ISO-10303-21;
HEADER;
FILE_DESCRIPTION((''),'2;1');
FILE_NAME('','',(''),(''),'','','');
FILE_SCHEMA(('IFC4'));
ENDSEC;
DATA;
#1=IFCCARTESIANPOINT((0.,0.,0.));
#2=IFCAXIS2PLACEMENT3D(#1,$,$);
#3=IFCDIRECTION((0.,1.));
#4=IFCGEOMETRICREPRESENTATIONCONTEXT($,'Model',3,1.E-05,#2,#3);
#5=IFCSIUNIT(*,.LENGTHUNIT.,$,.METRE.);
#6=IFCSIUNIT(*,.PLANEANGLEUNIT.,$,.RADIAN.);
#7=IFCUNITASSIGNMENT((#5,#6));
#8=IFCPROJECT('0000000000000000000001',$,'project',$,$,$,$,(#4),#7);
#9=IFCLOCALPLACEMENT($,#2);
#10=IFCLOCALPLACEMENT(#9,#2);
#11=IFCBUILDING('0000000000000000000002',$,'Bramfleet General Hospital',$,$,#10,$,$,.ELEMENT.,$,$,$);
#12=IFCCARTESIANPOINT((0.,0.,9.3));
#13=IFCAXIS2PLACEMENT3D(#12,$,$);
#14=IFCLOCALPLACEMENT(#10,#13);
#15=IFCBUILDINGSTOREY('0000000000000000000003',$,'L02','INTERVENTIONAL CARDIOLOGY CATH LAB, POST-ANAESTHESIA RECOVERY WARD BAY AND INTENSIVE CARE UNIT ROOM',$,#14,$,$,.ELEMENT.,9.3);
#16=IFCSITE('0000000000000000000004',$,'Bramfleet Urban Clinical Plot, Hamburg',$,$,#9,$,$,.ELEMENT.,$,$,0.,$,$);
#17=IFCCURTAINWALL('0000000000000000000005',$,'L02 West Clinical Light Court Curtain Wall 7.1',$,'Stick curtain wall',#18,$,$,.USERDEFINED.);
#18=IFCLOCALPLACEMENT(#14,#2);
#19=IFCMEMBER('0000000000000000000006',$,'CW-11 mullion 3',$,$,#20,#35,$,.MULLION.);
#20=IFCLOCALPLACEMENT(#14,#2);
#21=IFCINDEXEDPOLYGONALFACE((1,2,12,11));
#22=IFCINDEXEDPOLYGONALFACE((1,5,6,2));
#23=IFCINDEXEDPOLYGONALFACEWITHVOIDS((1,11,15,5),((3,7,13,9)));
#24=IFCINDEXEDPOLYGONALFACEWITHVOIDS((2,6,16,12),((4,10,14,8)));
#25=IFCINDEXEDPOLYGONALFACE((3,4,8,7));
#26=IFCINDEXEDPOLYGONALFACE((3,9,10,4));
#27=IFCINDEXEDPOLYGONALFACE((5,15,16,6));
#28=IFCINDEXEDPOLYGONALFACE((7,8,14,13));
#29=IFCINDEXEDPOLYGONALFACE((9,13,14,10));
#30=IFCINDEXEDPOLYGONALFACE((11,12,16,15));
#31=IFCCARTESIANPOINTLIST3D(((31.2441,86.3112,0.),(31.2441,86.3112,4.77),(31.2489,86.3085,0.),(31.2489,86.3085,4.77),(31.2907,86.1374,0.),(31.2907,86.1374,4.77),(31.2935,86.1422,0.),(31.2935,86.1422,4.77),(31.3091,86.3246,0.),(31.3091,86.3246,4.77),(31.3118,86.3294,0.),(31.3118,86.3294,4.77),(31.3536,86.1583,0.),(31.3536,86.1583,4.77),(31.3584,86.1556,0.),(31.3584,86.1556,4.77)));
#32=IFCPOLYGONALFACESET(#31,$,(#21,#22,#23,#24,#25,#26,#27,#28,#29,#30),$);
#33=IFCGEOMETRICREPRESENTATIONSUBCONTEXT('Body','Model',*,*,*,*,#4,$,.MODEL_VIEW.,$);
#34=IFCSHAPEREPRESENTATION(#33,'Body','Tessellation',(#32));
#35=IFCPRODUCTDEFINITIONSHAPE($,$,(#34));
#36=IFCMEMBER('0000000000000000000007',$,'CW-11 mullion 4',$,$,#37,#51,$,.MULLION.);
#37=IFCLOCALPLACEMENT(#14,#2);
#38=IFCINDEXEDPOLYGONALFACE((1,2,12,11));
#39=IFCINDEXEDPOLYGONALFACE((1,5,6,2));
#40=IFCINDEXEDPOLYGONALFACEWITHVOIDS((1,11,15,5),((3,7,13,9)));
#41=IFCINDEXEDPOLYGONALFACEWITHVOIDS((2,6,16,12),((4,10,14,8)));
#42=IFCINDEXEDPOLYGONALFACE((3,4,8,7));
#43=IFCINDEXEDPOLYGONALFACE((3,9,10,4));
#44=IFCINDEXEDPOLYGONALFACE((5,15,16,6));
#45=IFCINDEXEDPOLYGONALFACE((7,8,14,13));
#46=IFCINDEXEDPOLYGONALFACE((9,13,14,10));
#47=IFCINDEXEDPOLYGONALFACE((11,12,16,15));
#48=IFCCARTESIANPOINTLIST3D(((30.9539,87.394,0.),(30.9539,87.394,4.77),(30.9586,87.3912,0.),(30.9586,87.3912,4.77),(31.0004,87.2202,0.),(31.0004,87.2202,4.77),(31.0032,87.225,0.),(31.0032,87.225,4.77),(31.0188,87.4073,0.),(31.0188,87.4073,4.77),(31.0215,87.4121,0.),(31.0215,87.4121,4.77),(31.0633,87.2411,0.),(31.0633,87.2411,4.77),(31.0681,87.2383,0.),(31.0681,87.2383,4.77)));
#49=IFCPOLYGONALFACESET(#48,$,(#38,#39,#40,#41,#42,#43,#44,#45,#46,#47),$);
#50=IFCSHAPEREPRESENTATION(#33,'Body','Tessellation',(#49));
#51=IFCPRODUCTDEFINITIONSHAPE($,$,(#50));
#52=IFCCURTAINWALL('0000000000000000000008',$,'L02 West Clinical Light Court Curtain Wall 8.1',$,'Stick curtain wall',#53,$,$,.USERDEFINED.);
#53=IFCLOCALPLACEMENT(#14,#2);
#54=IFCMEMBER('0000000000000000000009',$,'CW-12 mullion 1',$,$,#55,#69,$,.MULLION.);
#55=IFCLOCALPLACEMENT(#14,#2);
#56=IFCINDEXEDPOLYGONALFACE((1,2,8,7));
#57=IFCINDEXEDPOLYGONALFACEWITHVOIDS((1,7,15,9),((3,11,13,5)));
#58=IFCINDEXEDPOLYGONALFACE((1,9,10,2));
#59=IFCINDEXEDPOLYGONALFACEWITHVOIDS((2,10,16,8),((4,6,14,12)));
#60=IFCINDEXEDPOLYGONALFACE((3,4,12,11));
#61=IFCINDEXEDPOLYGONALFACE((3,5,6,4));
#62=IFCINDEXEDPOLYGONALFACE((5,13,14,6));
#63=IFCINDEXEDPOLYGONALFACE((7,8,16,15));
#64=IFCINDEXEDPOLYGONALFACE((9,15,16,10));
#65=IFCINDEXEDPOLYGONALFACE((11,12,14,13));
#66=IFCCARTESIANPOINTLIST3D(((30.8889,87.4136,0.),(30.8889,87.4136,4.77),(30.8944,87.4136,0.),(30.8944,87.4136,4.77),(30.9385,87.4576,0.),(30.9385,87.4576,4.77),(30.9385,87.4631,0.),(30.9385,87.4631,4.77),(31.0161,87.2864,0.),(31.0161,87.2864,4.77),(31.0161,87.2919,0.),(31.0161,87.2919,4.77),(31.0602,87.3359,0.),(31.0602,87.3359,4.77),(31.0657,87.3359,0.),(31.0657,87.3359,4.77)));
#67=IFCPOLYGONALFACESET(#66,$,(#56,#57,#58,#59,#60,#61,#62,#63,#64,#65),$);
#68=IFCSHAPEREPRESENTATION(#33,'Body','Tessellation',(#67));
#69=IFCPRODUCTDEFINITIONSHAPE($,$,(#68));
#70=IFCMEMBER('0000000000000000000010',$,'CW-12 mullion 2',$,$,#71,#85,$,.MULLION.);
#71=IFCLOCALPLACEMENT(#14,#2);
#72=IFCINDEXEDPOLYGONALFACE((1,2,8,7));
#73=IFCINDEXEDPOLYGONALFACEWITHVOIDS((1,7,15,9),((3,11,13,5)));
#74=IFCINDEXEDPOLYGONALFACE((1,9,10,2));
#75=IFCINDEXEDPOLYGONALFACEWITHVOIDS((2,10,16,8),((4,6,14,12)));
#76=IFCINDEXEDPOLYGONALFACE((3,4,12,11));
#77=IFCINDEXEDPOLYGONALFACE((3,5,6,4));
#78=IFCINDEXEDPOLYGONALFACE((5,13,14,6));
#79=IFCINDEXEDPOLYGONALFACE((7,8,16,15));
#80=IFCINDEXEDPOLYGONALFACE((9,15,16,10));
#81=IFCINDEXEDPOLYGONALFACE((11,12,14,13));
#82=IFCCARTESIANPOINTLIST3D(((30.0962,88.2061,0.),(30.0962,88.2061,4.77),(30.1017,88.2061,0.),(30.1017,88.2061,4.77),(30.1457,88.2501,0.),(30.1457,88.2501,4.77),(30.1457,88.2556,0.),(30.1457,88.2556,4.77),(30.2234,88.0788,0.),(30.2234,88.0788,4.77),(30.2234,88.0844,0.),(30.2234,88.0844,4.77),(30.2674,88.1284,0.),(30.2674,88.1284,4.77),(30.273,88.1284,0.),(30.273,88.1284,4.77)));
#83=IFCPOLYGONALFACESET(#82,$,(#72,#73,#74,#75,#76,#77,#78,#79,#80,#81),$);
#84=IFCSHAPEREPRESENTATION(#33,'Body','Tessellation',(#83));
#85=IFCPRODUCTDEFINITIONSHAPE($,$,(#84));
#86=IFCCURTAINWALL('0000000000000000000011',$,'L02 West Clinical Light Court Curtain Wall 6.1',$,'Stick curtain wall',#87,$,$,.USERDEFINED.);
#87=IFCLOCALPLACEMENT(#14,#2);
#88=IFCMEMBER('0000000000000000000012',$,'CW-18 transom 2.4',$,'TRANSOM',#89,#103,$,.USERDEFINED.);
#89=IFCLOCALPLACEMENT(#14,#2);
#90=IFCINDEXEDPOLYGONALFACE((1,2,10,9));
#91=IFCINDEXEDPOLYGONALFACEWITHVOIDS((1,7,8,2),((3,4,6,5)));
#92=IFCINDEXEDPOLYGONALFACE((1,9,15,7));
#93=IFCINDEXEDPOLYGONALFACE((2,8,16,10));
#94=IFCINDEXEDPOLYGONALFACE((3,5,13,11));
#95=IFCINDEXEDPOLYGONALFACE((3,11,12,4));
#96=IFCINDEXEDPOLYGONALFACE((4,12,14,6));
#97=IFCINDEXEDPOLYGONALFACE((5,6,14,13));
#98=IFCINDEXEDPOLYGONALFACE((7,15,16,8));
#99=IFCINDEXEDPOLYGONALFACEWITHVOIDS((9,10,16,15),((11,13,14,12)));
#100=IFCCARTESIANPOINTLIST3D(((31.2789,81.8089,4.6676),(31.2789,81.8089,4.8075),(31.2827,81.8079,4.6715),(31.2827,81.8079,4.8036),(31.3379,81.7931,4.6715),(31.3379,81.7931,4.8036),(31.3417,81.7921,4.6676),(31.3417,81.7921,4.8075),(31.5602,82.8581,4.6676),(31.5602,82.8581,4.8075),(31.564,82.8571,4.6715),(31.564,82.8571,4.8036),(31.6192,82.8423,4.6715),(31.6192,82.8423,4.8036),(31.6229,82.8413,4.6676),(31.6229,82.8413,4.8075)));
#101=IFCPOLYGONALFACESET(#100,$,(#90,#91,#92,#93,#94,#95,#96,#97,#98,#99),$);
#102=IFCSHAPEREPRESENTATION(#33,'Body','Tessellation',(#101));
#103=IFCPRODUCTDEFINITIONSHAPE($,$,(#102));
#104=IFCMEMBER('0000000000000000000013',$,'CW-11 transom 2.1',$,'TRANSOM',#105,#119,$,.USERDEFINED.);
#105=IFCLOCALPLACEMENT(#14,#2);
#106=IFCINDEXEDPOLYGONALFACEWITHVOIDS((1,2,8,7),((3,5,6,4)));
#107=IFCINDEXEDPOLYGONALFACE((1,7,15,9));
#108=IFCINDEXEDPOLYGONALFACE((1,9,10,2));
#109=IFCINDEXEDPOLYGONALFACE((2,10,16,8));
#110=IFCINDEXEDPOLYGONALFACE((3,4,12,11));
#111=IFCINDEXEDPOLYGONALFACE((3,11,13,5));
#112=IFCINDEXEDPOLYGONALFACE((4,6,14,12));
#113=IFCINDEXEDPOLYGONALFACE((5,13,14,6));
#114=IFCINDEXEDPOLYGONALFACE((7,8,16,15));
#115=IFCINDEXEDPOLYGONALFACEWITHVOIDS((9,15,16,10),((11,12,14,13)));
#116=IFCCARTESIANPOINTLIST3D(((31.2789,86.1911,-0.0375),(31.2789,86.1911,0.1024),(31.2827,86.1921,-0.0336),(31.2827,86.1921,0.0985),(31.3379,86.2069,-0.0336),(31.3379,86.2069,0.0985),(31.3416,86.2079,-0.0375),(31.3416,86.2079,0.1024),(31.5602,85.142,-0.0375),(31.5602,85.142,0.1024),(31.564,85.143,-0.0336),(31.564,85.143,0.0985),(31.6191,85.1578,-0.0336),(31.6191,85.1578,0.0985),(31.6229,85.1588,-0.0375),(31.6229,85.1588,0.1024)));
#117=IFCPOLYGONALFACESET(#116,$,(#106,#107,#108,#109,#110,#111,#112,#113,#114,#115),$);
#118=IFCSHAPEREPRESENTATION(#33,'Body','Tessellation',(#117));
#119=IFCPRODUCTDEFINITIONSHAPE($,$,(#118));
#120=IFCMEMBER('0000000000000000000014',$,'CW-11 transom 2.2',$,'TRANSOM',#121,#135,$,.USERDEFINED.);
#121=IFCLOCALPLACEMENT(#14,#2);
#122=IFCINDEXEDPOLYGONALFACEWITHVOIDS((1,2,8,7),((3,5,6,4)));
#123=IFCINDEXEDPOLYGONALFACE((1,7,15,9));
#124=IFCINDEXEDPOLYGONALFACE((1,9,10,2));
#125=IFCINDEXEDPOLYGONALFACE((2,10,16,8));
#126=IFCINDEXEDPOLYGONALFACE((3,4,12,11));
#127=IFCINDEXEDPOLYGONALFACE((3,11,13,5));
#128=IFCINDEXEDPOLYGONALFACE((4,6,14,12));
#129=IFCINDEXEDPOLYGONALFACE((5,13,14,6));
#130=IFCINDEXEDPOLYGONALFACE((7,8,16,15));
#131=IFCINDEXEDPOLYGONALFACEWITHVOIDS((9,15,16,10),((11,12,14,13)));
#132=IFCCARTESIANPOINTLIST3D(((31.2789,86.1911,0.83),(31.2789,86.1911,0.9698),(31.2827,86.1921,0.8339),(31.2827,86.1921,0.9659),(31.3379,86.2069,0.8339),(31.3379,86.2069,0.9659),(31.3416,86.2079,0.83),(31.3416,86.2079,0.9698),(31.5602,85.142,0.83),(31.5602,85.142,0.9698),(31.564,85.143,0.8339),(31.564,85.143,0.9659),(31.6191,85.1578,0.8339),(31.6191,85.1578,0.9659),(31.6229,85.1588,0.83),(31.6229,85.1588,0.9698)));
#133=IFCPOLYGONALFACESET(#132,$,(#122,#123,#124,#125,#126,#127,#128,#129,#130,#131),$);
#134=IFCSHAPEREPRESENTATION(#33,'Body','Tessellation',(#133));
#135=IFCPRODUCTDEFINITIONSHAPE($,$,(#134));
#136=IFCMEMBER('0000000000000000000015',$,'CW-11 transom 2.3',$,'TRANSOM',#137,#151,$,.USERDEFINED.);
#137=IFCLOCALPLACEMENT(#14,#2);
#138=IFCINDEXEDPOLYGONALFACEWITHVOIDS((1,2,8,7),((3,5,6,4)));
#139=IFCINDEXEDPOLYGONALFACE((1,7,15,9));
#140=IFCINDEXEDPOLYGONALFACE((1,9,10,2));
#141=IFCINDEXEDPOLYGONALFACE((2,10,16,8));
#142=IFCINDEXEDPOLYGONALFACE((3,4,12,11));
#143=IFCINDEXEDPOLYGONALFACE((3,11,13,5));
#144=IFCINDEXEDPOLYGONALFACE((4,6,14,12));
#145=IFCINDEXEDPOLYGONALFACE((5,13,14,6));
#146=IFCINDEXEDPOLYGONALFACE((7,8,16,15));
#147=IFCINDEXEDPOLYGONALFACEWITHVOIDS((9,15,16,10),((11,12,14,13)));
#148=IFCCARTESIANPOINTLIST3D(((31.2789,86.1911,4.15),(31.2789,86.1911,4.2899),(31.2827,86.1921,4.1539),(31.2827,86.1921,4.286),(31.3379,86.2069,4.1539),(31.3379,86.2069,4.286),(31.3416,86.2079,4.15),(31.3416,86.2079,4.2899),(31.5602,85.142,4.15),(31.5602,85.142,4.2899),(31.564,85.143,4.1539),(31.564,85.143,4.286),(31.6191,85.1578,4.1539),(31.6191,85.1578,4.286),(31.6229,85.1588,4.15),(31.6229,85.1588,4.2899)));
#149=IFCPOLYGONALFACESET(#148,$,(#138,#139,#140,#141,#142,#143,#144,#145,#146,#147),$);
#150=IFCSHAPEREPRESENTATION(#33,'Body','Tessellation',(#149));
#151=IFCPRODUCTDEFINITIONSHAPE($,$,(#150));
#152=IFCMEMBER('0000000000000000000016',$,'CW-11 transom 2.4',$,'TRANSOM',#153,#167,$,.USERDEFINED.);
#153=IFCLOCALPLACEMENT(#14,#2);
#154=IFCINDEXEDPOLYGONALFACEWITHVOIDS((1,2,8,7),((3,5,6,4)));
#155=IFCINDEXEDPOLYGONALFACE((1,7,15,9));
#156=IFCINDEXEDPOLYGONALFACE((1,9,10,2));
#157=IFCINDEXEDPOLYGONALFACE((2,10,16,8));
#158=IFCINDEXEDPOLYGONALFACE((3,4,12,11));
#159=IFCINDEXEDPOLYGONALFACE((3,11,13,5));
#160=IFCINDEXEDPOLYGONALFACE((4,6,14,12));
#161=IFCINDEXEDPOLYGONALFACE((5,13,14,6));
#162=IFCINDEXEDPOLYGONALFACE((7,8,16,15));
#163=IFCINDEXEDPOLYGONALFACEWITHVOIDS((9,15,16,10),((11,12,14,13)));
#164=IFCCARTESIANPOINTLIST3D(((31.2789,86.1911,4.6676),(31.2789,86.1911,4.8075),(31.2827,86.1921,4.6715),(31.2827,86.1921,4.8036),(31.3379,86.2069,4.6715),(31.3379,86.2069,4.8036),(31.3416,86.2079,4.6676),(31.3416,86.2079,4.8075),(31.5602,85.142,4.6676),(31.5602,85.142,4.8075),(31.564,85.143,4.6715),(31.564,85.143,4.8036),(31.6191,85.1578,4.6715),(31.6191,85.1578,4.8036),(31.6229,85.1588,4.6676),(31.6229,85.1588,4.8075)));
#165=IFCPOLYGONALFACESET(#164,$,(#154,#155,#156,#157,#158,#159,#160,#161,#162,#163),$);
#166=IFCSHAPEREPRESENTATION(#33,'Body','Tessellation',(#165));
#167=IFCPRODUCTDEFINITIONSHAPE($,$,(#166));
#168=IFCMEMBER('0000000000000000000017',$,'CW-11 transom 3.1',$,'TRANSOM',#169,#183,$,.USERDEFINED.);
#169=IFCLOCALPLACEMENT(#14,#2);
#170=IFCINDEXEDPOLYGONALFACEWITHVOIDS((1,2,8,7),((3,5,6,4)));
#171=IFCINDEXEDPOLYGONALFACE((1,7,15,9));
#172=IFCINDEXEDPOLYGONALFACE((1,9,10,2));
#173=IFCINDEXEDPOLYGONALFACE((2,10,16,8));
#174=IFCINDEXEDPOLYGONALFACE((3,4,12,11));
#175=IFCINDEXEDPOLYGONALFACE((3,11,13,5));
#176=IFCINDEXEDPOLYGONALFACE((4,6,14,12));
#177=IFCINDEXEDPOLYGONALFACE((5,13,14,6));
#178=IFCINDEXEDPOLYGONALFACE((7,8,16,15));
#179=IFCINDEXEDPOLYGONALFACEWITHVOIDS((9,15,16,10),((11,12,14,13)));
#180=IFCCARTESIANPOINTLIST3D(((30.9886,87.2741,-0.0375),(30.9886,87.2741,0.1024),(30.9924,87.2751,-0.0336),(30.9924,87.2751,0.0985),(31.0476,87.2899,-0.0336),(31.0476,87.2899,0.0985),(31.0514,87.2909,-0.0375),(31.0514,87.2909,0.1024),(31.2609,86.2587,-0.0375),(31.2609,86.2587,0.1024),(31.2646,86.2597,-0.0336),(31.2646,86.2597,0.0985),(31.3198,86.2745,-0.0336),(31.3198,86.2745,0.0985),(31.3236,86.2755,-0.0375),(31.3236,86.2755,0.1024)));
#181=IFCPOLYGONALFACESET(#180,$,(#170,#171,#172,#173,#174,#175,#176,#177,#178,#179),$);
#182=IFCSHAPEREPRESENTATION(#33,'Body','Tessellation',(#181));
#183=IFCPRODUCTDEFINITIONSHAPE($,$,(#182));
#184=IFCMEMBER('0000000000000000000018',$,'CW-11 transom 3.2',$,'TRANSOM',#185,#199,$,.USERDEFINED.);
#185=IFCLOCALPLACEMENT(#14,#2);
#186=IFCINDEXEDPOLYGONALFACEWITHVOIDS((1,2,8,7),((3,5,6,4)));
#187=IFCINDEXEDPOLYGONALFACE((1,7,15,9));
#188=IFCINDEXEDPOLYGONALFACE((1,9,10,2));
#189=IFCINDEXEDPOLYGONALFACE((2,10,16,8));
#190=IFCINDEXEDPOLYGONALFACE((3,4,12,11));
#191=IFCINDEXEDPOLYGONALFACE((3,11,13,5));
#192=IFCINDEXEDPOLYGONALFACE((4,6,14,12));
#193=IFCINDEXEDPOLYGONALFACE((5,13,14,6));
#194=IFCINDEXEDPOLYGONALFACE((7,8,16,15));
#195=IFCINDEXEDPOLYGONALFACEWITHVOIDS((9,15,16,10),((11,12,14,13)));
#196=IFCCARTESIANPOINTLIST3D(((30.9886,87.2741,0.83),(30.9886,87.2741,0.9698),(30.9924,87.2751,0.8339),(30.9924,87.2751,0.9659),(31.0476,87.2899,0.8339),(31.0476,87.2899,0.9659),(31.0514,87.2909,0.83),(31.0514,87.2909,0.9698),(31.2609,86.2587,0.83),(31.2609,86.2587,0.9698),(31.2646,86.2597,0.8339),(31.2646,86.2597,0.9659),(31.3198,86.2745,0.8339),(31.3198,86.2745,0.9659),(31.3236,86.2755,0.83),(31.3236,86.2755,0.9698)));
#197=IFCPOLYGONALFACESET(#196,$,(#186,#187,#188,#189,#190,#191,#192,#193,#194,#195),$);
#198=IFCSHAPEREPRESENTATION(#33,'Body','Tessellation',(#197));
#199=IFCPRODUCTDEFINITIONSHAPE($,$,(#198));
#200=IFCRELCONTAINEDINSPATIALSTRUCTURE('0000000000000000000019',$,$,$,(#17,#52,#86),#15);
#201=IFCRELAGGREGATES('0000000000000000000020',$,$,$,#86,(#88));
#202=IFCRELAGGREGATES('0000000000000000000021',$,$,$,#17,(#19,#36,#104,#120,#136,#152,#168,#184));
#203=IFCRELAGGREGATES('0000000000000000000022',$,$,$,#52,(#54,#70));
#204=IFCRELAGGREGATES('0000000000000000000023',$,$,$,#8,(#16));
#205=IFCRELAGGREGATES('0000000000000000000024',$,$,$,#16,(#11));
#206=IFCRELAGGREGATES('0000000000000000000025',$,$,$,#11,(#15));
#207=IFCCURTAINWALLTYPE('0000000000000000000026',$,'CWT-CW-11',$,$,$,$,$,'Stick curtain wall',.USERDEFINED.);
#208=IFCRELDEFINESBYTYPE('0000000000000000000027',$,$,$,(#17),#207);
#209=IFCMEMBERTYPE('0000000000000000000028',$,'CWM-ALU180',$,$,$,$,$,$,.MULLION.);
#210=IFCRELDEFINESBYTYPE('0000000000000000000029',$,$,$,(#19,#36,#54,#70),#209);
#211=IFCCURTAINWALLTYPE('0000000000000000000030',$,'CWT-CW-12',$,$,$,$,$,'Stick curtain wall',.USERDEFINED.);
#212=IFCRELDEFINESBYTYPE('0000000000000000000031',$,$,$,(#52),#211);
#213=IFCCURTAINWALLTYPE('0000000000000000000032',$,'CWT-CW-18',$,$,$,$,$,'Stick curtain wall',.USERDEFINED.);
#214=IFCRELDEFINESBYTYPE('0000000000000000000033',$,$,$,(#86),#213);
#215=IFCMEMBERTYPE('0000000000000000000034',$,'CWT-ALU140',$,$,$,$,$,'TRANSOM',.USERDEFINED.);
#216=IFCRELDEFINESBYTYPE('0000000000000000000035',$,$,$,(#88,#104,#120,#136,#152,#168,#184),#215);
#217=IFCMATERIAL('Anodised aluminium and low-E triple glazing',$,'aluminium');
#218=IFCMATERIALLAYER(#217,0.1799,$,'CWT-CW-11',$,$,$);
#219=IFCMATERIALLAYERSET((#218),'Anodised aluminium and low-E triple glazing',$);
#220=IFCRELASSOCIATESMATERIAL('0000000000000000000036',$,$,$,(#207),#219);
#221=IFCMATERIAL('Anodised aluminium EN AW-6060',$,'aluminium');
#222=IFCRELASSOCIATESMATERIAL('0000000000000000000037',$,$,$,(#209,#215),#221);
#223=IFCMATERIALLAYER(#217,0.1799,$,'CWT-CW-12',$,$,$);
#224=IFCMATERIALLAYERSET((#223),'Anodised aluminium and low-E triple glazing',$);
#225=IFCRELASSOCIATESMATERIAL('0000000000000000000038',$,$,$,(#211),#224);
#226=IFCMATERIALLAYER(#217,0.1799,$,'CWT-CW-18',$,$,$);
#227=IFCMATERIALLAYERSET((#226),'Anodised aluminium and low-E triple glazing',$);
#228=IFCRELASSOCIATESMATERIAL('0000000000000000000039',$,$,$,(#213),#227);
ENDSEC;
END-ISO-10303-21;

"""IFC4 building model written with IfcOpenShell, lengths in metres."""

from ifc_helpers import new_model, si_unit, direction, frame, origin, origin_2d, place, context, subcontext, project, spatial, hollow_rectangle, extrude, material, layer, layer_set, material_profile, profile_set, type_object, element, aggregate, save


model = new_model("IFC4")

# Units and contexts
model_context = context("Model", 3, precision=1e-05, world=origin(), true_north=direction((0.0, 1.0)))
body_context = subcontext(model_context, "Body", "Model", "MODEL_VIEW")
ifc_project = project(units=[si_unit("LENGTHUNIT", "METRE"), si_unit("PLANEANGLEUNIT", "RADIAN")], contexts=[model_context])

# Site, building, storey
site_placement = place(None, origin())
site = spatial("IfcSite", under=ifc_project, at=site_placement, Name="Bramfleet Urban Clinical Plot, Hamburg", CompositionType="ELEMENT", RefElevation=0.0)
building_placement = place(site_placement, origin())
building = spatial("IfcBuilding", under=site, at=building_placement, Name="Bramfleet General Hospital", CompositionType="ELEMENT")
storey_placement = place(building_placement, frame((0.0, 0.0, 9.3)))
storey = spatial("IfcBuildingStorey", under=building, at=storey_placement, Name="L02", Description="INTERVENTIONAL CARDIOLOGY CATH LAB, POST-ANAESTHESIA RECOVERY WARD BAY AND INTENSIVE CARE UNIT ROOM", CompositionType="ELEMENT", Elevation=9.3)

# Curtain walls, members
ifc_material_1 = material(Name="Anodised aluminium and low-E triple glazing", Category="aluminium")
ifc_layer_1 = layer(ifc_material_1, 0.1799, Name="CWT-CW-11")
ifc_layer_set_1 = layer_set([ifc_layer_1], Name="Anodised aluminium and low-E triple glazing")
curtain_wall_type_1 = type_object("IfcCurtainWallType", Name="CWT-CW-11", ElementType="Stick curtain wall", PredefinedType="USERDEFINED", material=ifc_layer_set_1)
curtain_wall_1_placement = place(storey_placement, origin())
curtain_wall_1 = element("IfcCurtainWall", 1, at=curtain_wall_1_placement, inside=storey, type_object=curtain_wall_type_1, Name="L02 West Clinical Light Court Curtain Wall 7.1", ObjectType="Stick curtain wall", PredefinedType="USERDEFINED")
ifc_material_2 = material(Name="Anodised aluminium EN AW-6060", Category="aluminium")
ifc_material_profile_1 = material_profile(ifc_material_2, hollow_rectangle(XDim=0.0701, YDim=0.1799, WallThickness=0.0039, at=origin_2d()), Name="ALU 180x70x4.0")
ifc_profile_set_1 = profile_set([ifc_material_profile_1], Name="Anodised aluminium EN AW-6060")
member_type_1 = type_object("IfcMemberType", Name="CWM-ALU180", PredefinedType="MULLION", material=ifc_profile_set_1)
member_1_placement = place(storey_placement, frame((31.3013, 86.2334, 0.0), z_axis=(0.0, 0.0, 1.0), x_axis=(-0.965899, -0.258919, 0.0)))
member_1 = element("IfcMember", 2, at=member_1_placement, type_object=member_type_1, Name="CW-11 mullion 3", PredefinedType="MULLION", context=body_context, shape_type="SweptSolid", body=[
    extrude(hollow_rectangle(XDim=0.0701, YDim=0.1799, WallThickness=0.0039, at=origin_2d()), origin(), (0.0, 0.0, 1.0), 4.77),
])
member_2_placement = place(storey_placement, frame((31.011, 87.3162, 0.0), z_axis=(0.0, 0.0, 1.0), x_axis=(-0.965899, -0.258919, 0.0)))
member_2 = element("IfcMember", 3, at=member_2_placement, type_object=member_type_1, Name="CW-11 mullion 4", PredefinedType="MULLION", context=body_context, shape_type="SweptSolid", body=[
    extrude(hollow_rectangle(XDim=0.0701, YDim=0.1799, WallThickness=0.0039, at=origin_2d()), origin(), (0.0, 0.0, 1.0), 4.77),
])
ifc_layer_2 = layer(ifc_material_1, 0.1799, Name="CWT-CW-12")
ifc_layer_set_2 = layer_set([ifc_layer_2], Name="Anodised aluminium and low-E triple glazing")
curtain_wall_type_2 = type_object("IfcCurtainWallType", Name="CWT-CW-12", ElementType="Stick curtain wall", PredefinedType="USERDEFINED", material=ifc_layer_set_2)
curtain_wall_2_placement = place(storey_placement, origin())
curtain_wall_2 = element("IfcCurtainWall", 4, at=curtain_wall_2_placement, inside=storey, type_object=curtain_wall_type_2, Name="L02 West Clinical Light Court Curtain Wall 8.1", ObjectType="Stick curtain wall", PredefinedType="USERDEFINED")
member_3_placement = place(storey_placement, frame((30.9773, 87.3748, 0.0), z_axis=(0.0, 0.0, 1.0), x_axis=(-0.707107, -0.707107, 0.0)))
member_3 = element("IfcMember", 5, at=member_3_placement, type_object=member_type_1, Name="CW-12 mullion 1", PredefinedType="MULLION", context=body_context, shape_type="SweptSolid", body=[
    extrude(hollow_rectangle(XDim=0.0701, YDim=0.1799, WallThickness=0.0039, at=origin_2d()), origin(), (0.0, 0.0, 1.0), 4.77),
])
member_4_placement = place(storey_placement, frame((30.1846, 88.1672, 0.0), z_axis=(0.0, 0.0, 1.0), x_axis=(-0.707107, -0.707107, 0.0)))
member_4 = element("IfcMember", 6, at=member_4_placement, type_object=member_type_1, Name="CW-12 mullion 2", PredefinedType="MULLION", context=body_context, shape_type="SweptSolid", body=[
    extrude(hollow_rectangle(XDim=0.0701, YDim=0.1799, WallThickness=0.0039, at=origin_2d()), origin(), (0.0, 0.0, 1.0), 4.77),
])

# Curtain wall, member
ifc_layer_3 = layer(ifc_material_1, 0.1799, Name="CWT-CW-18")
ifc_layer_set_3 = layer_set([ifc_layer_3], Name="Anodised aluminium and low-E triple glazing")
curtain_wall_type_3 = type_object("IfcCurtainWallType", Name="CWT-CW-18", ElementType="Stick curtain wall", PredefinedType="USERDEFINED", material=ifc_layer_set_3)
curtain_wall_3_placement = place(storey_placement, origin())
curtain_wall_3 = element("IfcCurtainWall", 7, at=curtain_wall_3_placement, inside=storey, type_object=curtain_wall_type_3, Name="L02 West Clinical Light Court Curtain Wall 6.1", ObjectType="Stick curtain wall", PredefinedType="USERDEFINED")
ifc_material_profile_2 = material_profile(ifc_material_2, hollow_rectangle(XDim=0.0649, YDim=0.1399, WallThickness=0.0039, at=origin_2d()), Name="ALU 140x65x4.0")
ifc_profile_set_2 = profile_set([ifc_material_profile_2], Name="Anodised aluminium EN AW-6060")
member_type_2 = type_object("IfcMemberType", Name="CWT-ALU140", ElementType="TRANSOM", PredefinedType="USERDEFINED", material=ifc_profile_set_2)
member_5_placement = place(storey_placement, frame((31.3103, 81.8005, 4.7375), z_axis=(0.25895, 0.965891, 0.0), x_axis=(-0.965891, 0.25895, 0.0)))
member_5 = element("IfcMember", 8, at=member_5_placement, type_object=member_type_2, Name="CW-18 transom 2.4", ObjectType="TRANSOM", PredefinedType="USERDEFINED", context=body_context, shape_type="SweptSolid", body=[
    extrude(hollow_rectangle(XDim=0.0649, YDim=0.1399, WallThickness=0.0039, at=origin_2d()), origin(), (0.0, 0.0, 1.0), 1.0862),
])

# Members
member_6_placement = place(storey_placement, frame((31.5916, 85.1504, 0.0325), z_axis=(-0.25895, 0.965891, 0.0), x_axis=(-0.965891, -0.25895, 0.0)))
member_6 = element("IfcMember", 9, at=member_6_placement, type_object=member_type_2, Name="CW-11 transom 2.1", ObjectType="TRANSOM", PredefinedType="USERDEFINED", context=body_context, shape_type="SweptSolid", body=[
    extrude(hollow_rectangle(XDim=0.0649, YDim=0.1399, WallThickness=0.0039, at=origin_2d()), origin(), (0.0, 0.0, 1.0), 1.0862),
])
member_7_placement = place(storey_placement, frame((31.5916, 85.1504, 0.8999), z_axis=(-0.25895, 0.965891, 0.0), x_axis=(-0.965891, -0.25895, 0.0)))
member_7 = element("IfcMember", 10, at=member_7_placement, type_object=member_type_2, Name="CW-11 transom 2.2", ObjectType="TRANSOM", PredefinedType="USERDEFINED", context=body_context, shape_type="SweptSolid", body=[
    extrude(hollow_rectangle(XDim=0.0649, YDim=0.1399, WallThickness=0.0039, at=origin_2d()), origin(), (0.0, 0.0, 1.0), 1.0862),
])
member_8_placement = place(storey_placement, frame((31.5916, 85.1504, 4.22), z_axis=(-0.25895, 0.965891, 0.0), x_axis=(-0.965891, -0.25895, 0.0)))
member_8 = element("IfcMember", 11, at=member_8_placement, type_object=member_type_2, Name="CW-11 transom 2.3", ObjectType="TRANSOM", PredefinedType="USERDEFINED", context=body_context, shape_type="SweptSolid", body=[
    extrude(hollow_rectangle(XDim=0.0649, YDim=0.1399, WallThickness=0.0039, at=origin_2d()), origin(), (0.0, 0.0, 1.0), 1.0862),
])
member_9_placement = place(storey_placement, frame((31.5916, 85.1504, 4.7375), z_axis=(-0.25895, 0.965891, 0.0), x_axis=(-0.965891, -0.25895, 0.0)))
member_9 = element("IfcMember", 12, at=member_9_placement, type_object=member_type_2, Name="CW-11 transom 2.4", ObjectType="TRANSOM", PredefinedType="USERDEFINED", context=body_context, shape_type="SweptSolid", body=[
    extrude(hollow_rectangle(XDim=0.0649, YDim=0.1399, WallThickness=0.0039, at=origin_2d()), origin(), (0.0, 0.0, 1.0), 1.0862),
])
member_10_placement = place(storey_placement, frame((31.2922, 86.2671, 0.0325), z_axis=(-0.258949, 0.965891, 0.0), x_axis=(-0.965891, -0.258949, 0.0)))
member_10 = element("IfcMember", 13, at=member_10_placement, type_object=member_type_2, Name="CW-11 transom 3.1", ObjectType="TRANSOM", PredefinedType="USERDEFINED", context=body_context, shape_type="SweptSolid", body=[
    extrude(hollow_rectangle(XDim=0.0649, YDim=0.1399, WallThickness=0.0039, at=origin_2d()), origin(), (0.0, 0.0, 1.0), 1.0513),
])
member_11_placement = place(storey_placement, frame((31.2922, 86.2671, 0.8999), z_axis=(-0.258949, 0.965891, 0.0), x_axis=(-0.965891, -0.258949, 0.0)))
member_11 = element("IfcMember", 14, at=member_11_placement, type_object=member_type_2, Name="CW-11 transom 3.2", ObjectType="TRANSOM", PredefinedType="USERDEFINED", context=body_context, shape_type="SweptSolid", body=[
    extrude(hollow_rectangle(XDim=0.0649, YDim=0.1399, WallThickness=0.0039, at=origin_2d()), origin(), (0.0, 0.0, 1.0), 1.0513),
])

aggregate(curtain_wall_3, [member_5])
aggregate(curtain_wall_1, [member_1, member_2, member_6, member_7, member_8, member_9, member_10, member_11])
aggregate(curtain_wall_2, [member_3, member_4])

save(model, "model.ifc")
